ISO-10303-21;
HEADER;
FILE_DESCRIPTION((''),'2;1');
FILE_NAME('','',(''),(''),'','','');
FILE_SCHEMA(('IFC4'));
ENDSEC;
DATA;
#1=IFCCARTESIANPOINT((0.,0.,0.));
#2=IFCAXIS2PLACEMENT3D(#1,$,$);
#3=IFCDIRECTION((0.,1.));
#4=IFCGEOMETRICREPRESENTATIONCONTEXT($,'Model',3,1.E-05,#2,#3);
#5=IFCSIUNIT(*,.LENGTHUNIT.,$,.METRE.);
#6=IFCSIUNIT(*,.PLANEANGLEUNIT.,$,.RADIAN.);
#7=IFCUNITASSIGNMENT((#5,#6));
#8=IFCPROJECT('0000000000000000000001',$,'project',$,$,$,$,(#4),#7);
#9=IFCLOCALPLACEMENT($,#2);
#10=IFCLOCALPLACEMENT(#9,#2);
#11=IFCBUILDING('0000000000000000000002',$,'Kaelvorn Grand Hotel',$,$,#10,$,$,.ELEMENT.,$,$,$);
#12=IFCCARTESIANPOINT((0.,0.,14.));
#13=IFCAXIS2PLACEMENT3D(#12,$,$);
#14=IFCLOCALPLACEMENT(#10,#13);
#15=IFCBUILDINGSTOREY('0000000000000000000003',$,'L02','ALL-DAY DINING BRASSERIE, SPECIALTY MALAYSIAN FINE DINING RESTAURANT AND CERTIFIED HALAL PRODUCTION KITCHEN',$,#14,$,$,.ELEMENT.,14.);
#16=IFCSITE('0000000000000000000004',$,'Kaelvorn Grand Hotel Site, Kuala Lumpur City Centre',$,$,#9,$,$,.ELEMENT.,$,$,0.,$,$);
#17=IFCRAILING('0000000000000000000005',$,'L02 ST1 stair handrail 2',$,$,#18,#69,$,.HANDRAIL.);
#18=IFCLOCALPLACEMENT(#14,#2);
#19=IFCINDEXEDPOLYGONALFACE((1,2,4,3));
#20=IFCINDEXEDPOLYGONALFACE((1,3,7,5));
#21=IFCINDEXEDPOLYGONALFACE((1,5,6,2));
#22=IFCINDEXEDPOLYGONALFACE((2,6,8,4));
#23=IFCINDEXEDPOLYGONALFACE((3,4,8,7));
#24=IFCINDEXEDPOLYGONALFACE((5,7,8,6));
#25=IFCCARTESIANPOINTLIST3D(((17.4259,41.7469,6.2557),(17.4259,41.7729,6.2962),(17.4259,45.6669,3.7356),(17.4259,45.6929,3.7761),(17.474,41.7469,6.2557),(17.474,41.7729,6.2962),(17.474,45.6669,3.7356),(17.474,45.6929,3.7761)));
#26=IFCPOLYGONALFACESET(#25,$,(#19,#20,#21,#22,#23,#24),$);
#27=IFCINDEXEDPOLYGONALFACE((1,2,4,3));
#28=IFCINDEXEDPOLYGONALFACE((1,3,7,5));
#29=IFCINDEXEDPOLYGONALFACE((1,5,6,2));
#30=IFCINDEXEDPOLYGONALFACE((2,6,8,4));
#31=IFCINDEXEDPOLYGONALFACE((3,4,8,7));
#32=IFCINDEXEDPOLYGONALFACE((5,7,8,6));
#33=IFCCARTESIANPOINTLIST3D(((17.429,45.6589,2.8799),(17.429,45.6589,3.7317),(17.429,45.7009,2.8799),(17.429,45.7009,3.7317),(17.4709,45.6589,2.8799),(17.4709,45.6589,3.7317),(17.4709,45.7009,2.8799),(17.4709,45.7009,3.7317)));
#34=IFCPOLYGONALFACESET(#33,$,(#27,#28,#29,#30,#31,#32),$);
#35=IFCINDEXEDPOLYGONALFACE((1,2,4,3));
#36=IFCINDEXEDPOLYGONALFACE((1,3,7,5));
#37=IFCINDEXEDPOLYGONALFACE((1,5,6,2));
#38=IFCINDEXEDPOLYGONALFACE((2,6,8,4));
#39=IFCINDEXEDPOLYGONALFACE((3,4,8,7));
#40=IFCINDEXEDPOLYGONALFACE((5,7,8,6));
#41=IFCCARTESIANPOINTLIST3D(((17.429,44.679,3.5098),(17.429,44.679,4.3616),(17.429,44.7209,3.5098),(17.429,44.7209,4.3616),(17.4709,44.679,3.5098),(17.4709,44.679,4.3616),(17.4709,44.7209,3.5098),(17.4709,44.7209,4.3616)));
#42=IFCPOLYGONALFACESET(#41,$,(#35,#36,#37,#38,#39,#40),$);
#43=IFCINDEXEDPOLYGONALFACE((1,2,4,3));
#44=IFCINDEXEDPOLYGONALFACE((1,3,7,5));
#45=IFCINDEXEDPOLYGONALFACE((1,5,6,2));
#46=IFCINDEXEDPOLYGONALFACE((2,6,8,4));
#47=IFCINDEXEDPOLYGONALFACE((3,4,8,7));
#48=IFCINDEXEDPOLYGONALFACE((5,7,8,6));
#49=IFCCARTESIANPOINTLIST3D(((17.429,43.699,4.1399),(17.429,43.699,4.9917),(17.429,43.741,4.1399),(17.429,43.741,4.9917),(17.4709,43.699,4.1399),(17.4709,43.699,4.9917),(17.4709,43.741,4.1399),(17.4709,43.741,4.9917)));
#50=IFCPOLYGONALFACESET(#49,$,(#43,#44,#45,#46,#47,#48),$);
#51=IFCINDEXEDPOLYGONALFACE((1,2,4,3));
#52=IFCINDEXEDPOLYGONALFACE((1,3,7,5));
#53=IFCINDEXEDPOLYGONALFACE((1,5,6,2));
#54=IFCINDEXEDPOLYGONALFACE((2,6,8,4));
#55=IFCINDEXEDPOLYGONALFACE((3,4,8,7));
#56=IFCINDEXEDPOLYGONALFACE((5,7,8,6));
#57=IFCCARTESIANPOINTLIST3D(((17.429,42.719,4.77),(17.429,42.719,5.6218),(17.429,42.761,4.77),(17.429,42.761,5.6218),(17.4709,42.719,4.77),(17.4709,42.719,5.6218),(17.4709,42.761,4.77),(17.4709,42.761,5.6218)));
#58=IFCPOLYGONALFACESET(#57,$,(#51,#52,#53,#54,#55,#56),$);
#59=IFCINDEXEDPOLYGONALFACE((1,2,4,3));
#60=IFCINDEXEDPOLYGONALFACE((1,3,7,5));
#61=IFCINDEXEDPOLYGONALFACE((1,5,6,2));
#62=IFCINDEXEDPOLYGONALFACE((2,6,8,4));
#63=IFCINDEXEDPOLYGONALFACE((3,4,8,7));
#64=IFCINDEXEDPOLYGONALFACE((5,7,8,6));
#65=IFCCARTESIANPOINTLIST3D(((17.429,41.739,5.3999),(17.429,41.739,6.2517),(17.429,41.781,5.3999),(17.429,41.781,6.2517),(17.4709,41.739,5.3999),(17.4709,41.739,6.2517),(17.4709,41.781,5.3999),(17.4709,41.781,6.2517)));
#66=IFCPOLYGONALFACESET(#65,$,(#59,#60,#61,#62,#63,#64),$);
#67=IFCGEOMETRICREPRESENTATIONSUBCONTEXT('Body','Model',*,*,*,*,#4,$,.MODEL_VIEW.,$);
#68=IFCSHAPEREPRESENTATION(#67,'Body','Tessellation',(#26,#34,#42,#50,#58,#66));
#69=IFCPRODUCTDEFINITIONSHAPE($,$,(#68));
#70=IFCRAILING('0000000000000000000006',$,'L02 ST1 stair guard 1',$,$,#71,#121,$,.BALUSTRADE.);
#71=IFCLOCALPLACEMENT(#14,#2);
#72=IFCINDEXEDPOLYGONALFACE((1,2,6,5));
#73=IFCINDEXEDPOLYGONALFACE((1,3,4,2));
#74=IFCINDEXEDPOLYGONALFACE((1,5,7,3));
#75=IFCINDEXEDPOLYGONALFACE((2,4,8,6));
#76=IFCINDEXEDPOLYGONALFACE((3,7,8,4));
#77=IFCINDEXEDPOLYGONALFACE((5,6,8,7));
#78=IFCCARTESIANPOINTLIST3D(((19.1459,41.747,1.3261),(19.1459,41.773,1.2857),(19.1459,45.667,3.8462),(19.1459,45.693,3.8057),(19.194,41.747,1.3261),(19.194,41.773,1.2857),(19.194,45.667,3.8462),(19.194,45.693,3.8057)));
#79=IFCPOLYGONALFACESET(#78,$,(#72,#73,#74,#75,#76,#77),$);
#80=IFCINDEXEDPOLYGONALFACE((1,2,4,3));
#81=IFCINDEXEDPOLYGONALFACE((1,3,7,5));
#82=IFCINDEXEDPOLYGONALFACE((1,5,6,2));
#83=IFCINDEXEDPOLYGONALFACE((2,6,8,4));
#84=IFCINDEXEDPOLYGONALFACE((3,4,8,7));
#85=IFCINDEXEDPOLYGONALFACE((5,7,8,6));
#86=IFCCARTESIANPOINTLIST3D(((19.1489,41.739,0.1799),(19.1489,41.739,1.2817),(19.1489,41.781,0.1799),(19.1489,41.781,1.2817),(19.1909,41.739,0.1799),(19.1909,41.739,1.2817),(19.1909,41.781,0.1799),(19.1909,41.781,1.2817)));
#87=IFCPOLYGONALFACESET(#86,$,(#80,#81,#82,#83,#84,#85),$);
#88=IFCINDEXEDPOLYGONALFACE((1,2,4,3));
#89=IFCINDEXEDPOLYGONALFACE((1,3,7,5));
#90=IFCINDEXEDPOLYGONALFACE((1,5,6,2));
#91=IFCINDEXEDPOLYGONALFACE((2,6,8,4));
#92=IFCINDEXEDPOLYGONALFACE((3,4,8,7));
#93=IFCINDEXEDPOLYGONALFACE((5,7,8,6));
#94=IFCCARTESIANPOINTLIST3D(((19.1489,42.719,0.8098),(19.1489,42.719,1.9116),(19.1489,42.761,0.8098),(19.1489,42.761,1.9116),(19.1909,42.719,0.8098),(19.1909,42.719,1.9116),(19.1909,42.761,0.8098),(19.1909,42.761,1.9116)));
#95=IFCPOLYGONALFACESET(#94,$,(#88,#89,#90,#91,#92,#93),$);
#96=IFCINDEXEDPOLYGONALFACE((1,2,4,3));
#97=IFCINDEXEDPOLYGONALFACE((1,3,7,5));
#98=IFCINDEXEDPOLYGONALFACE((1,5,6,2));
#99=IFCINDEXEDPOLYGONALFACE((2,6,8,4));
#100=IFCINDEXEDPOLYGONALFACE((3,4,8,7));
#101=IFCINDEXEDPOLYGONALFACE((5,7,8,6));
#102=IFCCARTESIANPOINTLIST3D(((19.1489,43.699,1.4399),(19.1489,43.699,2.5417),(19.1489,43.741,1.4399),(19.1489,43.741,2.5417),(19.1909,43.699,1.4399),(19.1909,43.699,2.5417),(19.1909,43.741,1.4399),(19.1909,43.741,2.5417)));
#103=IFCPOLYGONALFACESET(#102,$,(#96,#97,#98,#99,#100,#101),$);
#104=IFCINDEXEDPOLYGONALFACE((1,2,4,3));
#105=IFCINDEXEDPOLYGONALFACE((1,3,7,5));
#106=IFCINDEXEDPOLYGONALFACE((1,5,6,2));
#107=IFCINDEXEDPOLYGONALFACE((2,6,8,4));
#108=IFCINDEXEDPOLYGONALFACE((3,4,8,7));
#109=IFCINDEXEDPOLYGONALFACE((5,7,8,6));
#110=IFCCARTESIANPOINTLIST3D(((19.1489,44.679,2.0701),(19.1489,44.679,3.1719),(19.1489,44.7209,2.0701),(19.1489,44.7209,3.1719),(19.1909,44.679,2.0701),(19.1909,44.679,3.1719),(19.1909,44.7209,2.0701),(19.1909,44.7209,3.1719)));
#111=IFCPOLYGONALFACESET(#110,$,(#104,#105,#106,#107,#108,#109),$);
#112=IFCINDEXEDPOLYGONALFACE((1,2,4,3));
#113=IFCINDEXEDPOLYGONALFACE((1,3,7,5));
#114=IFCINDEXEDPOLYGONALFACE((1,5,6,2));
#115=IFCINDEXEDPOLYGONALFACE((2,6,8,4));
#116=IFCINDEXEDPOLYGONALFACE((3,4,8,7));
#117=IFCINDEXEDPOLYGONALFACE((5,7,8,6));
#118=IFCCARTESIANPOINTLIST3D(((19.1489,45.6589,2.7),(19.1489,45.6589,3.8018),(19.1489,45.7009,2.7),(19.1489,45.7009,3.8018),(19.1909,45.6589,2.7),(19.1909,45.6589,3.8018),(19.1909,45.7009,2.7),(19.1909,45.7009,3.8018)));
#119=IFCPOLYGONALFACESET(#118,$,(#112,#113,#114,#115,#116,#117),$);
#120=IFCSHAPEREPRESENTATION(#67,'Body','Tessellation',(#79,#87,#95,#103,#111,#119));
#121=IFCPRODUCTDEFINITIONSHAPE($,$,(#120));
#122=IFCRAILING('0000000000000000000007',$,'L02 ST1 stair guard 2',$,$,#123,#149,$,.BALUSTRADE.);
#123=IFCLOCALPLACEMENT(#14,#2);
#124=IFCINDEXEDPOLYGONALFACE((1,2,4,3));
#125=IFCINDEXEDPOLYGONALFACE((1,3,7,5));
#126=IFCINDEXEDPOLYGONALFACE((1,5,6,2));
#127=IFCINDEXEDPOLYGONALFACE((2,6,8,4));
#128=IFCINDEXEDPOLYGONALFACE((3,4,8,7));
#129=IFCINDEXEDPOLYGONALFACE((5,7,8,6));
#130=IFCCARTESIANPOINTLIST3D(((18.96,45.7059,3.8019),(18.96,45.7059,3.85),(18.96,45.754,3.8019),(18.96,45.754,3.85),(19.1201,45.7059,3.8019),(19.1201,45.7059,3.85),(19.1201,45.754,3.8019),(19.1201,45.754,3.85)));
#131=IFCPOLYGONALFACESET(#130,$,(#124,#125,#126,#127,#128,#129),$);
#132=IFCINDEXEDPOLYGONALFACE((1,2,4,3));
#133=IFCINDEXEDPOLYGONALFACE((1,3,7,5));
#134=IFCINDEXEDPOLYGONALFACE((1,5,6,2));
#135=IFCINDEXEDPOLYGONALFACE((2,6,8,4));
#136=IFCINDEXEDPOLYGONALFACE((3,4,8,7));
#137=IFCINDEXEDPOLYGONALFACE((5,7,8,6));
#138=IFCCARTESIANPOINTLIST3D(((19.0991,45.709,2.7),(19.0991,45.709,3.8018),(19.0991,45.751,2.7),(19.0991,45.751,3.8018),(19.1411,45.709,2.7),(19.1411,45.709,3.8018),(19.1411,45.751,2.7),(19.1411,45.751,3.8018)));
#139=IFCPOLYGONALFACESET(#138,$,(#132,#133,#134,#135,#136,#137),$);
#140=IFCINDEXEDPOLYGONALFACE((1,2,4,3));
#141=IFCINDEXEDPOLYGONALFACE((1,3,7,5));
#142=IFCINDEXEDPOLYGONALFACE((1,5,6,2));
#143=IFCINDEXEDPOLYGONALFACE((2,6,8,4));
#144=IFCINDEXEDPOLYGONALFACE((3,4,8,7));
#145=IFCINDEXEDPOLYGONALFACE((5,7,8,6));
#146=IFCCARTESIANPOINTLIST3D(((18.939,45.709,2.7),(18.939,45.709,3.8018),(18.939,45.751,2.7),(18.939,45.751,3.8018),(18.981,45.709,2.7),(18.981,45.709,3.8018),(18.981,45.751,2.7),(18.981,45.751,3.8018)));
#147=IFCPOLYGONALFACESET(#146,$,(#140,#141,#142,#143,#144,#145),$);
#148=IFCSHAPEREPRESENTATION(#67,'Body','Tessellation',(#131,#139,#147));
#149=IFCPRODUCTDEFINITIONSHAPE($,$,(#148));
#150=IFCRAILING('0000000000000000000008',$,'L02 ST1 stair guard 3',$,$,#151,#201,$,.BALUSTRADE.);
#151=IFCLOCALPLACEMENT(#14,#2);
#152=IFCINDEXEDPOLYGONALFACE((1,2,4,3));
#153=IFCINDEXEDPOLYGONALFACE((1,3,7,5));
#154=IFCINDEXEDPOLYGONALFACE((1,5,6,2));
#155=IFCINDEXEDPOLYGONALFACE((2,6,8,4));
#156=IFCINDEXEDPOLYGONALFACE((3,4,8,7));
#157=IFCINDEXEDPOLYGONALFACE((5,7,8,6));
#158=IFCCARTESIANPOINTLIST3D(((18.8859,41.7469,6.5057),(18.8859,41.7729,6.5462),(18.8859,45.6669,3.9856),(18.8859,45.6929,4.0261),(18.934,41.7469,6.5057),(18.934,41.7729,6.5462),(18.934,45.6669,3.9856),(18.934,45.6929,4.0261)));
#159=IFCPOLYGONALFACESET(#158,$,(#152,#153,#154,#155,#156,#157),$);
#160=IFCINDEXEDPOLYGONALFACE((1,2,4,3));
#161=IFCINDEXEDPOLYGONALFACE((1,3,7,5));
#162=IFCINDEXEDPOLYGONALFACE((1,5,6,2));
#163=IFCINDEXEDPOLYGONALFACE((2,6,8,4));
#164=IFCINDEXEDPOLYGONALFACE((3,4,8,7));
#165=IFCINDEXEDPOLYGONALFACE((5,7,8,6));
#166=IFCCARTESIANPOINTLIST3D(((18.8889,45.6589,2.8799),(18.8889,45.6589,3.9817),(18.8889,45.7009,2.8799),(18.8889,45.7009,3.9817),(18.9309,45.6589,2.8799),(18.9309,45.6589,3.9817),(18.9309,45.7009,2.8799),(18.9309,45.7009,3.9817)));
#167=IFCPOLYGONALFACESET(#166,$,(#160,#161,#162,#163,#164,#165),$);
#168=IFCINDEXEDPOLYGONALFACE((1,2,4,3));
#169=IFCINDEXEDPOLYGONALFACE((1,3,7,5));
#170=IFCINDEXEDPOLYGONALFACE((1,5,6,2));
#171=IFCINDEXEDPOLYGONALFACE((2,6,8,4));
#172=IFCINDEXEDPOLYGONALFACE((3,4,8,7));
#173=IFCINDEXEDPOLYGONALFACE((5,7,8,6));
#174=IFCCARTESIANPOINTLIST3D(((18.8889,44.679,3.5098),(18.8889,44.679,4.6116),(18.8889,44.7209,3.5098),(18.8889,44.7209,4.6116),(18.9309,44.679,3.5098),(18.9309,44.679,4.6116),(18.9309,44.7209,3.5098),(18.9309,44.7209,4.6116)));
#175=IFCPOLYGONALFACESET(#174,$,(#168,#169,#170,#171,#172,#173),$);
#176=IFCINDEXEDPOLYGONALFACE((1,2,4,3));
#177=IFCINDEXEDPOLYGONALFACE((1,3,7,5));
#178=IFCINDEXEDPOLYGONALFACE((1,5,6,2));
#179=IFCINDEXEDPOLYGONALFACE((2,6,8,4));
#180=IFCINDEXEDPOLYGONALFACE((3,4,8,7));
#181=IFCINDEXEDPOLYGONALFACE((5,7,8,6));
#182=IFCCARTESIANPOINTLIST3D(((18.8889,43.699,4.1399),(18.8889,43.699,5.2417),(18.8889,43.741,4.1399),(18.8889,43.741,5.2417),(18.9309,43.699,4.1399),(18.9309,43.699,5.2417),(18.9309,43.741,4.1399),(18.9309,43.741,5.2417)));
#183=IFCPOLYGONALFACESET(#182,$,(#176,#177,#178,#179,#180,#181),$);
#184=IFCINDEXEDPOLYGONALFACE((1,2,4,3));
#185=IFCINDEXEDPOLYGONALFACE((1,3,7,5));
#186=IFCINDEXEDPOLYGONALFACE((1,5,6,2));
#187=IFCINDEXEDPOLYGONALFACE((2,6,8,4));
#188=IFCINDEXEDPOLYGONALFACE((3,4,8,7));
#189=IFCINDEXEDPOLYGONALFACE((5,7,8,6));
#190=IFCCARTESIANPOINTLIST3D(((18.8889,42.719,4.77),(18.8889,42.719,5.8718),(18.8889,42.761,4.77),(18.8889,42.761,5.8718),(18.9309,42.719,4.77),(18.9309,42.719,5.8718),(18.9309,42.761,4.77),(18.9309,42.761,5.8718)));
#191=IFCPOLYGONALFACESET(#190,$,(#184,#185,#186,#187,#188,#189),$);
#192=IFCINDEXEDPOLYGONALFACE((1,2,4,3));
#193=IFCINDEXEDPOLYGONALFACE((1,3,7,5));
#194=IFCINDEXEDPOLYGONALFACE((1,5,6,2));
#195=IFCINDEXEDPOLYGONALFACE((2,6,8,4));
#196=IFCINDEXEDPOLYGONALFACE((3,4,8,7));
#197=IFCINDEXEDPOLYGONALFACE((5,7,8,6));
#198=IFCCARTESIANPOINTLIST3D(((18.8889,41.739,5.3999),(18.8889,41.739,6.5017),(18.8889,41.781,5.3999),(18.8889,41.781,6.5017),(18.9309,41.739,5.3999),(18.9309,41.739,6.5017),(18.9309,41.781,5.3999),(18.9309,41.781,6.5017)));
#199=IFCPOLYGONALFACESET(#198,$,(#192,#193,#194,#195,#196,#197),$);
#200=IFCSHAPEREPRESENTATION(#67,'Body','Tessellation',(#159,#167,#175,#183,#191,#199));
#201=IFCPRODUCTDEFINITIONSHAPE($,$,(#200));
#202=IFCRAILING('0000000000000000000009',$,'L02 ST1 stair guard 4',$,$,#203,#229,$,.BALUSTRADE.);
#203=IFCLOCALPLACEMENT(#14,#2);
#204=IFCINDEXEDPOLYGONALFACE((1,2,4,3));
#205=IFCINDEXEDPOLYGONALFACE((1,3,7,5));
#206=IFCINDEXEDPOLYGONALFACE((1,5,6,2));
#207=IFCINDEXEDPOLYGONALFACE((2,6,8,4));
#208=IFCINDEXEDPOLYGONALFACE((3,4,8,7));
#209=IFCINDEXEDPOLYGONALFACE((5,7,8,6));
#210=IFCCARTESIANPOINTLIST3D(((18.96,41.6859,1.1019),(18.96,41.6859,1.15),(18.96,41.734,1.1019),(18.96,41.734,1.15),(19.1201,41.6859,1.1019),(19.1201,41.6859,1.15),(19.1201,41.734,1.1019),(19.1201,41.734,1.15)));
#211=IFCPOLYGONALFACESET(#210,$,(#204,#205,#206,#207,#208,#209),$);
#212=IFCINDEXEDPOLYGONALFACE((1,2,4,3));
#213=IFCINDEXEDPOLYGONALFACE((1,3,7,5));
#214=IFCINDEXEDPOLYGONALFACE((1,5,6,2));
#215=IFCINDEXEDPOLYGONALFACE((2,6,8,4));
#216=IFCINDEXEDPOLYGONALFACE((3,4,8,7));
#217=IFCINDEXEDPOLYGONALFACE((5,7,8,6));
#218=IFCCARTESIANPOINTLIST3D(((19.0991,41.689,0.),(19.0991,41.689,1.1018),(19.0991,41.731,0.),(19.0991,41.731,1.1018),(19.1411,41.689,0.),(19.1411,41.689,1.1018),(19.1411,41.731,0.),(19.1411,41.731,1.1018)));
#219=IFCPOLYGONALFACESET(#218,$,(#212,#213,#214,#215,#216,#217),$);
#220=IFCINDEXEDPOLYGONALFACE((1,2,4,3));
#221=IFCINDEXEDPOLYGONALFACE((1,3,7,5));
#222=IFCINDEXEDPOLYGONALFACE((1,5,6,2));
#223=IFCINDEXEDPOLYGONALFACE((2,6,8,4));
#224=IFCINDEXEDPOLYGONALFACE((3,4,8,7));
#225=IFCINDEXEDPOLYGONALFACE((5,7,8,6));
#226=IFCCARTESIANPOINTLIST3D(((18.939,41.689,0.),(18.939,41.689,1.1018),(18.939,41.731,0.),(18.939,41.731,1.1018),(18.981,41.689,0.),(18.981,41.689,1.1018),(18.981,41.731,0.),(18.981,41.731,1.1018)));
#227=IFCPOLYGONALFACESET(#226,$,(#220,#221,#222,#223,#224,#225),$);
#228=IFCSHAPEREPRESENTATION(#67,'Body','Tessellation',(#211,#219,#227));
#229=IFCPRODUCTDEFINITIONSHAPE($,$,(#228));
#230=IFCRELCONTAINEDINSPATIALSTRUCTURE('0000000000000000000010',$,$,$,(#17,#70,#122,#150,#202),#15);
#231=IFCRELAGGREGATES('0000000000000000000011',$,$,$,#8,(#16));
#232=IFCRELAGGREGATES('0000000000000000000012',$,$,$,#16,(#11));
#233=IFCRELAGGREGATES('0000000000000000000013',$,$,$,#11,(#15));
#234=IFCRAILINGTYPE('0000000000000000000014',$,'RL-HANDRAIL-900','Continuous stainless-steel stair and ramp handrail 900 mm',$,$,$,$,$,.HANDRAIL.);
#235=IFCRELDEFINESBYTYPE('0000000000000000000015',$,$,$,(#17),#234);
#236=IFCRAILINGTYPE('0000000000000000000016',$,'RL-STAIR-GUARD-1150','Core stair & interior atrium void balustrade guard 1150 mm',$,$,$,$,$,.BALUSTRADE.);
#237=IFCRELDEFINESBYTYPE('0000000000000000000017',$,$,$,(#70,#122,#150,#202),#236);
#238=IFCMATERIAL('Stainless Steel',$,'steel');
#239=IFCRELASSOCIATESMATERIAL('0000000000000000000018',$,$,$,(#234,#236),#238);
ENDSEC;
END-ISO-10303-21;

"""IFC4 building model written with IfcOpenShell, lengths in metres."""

from ifc_helpers import new_model, si_unit, direction, frame, origin, origin_2d, place, context, subcontext, project, spatial, rectangle, extrude, material, type_object, element, save


model = new_model("IFC4")

# Units and contexts
model_context = context("Model", 3, precision=1e-05, world=origin(), true_north=direction((0.0, 1.0)))
body_context = subcontext(model_context, "Body", "Model", "MODEL_VIEW")
ifc_project = project(units=[si_unit("LENGTHUNIT", "METRE"), si_unit("PLANEANGLEUNIT", "RADIAN")], contexts=[model_context])

# Site, building, storey
site_placement = place(None, origin())
site = spatial("IfcSite", under=ifc_project, at=site_placement, Name="Kaelvorn Grand Hotel Site, Kuala Lumpur City Centre", CompositionType="ELEMENT", RefElevation=0.0)
building_placement = place(site_placement, origin())
building = spatial("IfcBuilding", under=site, at=building_placement, Name="Kaelvorn Grand Hotel", CompositionType="ELEMENT")
storey_placement = place(building_placement, frame((0.0, 0.0, 14.0)))
storey = spatial("IfcBuildingStorey", under=building, at=storey_placement, Name="L02", Description="ALL-DAY DINING BRASSERIE, SPECIALTY MALAYSIAN FINE DINING RESTAURANT AND CERTIFIED HALAL PRODUCTION KITCHEN", CompositionType="ELEMENT", Elevation=14.0)

# Railings
ifc_material_1 = material(Name="Stainless Steel", Category="steel")
railing_type_1 = type_object("IfcRailingType", Name="RL-HANDRAIL-900", Description="Continuous stainless-steel stair and ramp handrail 900 mm", PredefinedType="HANDRAIL", material=ifc_material_1)
railing_1_placement = place(storey_placement, frame((17.45, 45.6799, 2.8799)))
element("IfcRailing", 1, at=railing_1_placement, inside=storey, type_object=railing_type_1, Name="L02 ST1 stair handrail 2", PredefinedType="HANDRAIL", context=body_context, shape_type="SweptSolid", body=[
    extrude(rectangle(XDim=0.0481, YDim=0.0481, at=origin_2d()), frame((0.0, 0.0, 0.876), z_axis=(0.0, -0.841172, 0.540768), x_axis=(1.0, 0.0, 0.0)), (0.0, 0.0, 1.0), 4.6602),
    extrude(rectangle(XDim=0.042, YDim=0.042, at=origin_2d()), origin(), (0.0, 0.0, 1.0), 0.8518),
    extrude(rectangle(XDim=0.042, YDim=0.042, at=origin_2d()), frame((0.0, -0.98, 0.6299)), (0.0, 0.0, 1.0), 0.8518),
    extrude(rectangle(XDim=0.042, YDim=0.042, at=origin_2d()), frame((0.0, -1.96, 1.26)), (0.0, 0.0, 1.0), 0.8518),
    extrude(rectangle(XDim=0.042, YDim=0.042, at=origin_2d()), frame((0.0, -2.9399, 1.8901)), (0.0, 0.0, 1.0), 0.8518),
    extrude(rectangle(XDim=0.042, YDim=0.042, at=origin_2d()), frame((0.0, -3.9199, 2.52)), (0.0, 0.0, 1.0), 0.8518),
])
railing_type_2 = type_object("IfcRailingType", Name="RL-STAIR-GUARD-1150", Description="Core stair & interior atrium void balustrade guard 1150 mm", PredefinedType="BALUSTRADE", material=ifc_material_1)
railing_2_placement = place(storey_placement, frame((19.1699, 41.76, 0.1799)))
element("IfcRailing", 2, at=railing_2_placement, inside=storey, type_object=railing_type_2, Name="L02 ST1 stair guard 1", PredefinedType="BALUSTRADE", context=body_context, shape_type="SweptSolid", body=[
    extrude(rectangle(XDim=0.0481, YDim=0.0481, at=origin_2d()), frame((0.0, 0.0, 1.126), z_axis=(0.0, 0.841172, 0.540768), x_axis=(-1.0, 0.0, 0.0)), (0.0, 0.0, 1.0), 4.6602),
    extrude(rectangle(XDim=0.042, YDim=0.042, at=origin_2d()), origin(), (0.0, 0.0, 1.0), 1.1018),
    extrude(rectangle(XDim=0.042, YDim=0.042, at=origin_2d()), frame((0.0, 0.98, 0.6299)), (0.0, 0.0, 1.0), 1.1018),
    extrude(rectangle(XDim=0.042, YDim=0.042, at=origin_2d()), frame((0.0, 1.96, 1.26)), (0.0, 0.0, 1.0), 1.1018),
    extrude(rectangle(XDim=0.042, YDim=0.042, at=origin_2d()), frame((0.0, 2.9399, 1.8901)), (0.0, 0.0, 1.0), 1.1018),
    extrude(rectangle(XDim=0.042, YDim=0.042, at=origin_2d()), frame((0.0, 3.9199, 2.52)), (0.0, 0.0, 1.0), 1.1018),
])
railing_3_placement = place(storey_placement, frame((19.1201, 45.73, 2.7)))
element("IfcRailing", 3, at=railing_3_placement, inside=storey, type_object=railing_type_2, Name="L02 ST1 stair guard 2", PredefinedType="BALUSTRADE", context=body_context, shape_type="SweptSolid", body=[
    extrude(rectangle(XDim=0.0481, YDim=0.0481, at=origin_2d()), frame((0.0, 0.0, 1.126), z_axis=(-1.0, 0.0, 0.0), x_axis=(0.0, -1.0, 0.0)), (0.0, 0.0, 1.0), 0.1602),
    extrude(rectangle(XDim=0.042, YDim=0.042, at=origin_2d()), origin(), (0.0, 0.0, 1.0), 1.1018),
    extrude(rectangle(XDim=0.042, YDim=0.042, at=origin_2d()), frame((-0.1602, 0.0, 0.0)), (0.0, 0.0, 1.0), 1.1018),
])
railing_4_placement = place(storey_placement, frame((18.9099, 45.6799, 2.8799)))
element("IfcRailing", 4, at=railing_4_placement, inside=storey, type_object=railing_type_2, Name="L02 ST1 stair guard 3", PredefinedType="BALUSTRADE", context=body_context, shape_type="SweptSolid", body=[
    extrude(rectangle(XDim=0.0481, YDim=0.0481, at=origin_2d()), frame((0.0, 0.0, 1.126), z_axis=(0.0, -0.841172, 0.540768), x_axis=(1.0, 0.0, 0.0)), (0.0, 0.0, 1.0), 4.6602),
    extrude(rectangle(XDim=0.042, YDim=0.042, at=origin_2d()), origin(), (0.0, 0.0, 1.0), 1.1018),
    extrude(rectangle(XDim=0.042, YDim=0.042, at=origin_2d()), frame((0.0, -0.98, 0.6299)), (0.0, 0.0, 1.0), 1.1018),
    extrude(rectangle(XDim=0.042, YDim=0.042, at=origin_2d()), frame((0.0, -1.96, 1.26)), (0.0, 0.0, 1.0), 1.1018),
    extrude(rectangle(XDim=0.042, YDim=0.042, at=origin_2d()), frame((0.0, -2.9399, 1.8901)), (0.0, 0.0, 1.0), 1.1018),
    extrude(rectangle(XDim=0.042, YDim=0.042, at=origin_2d()), frame((0.0, -3.9199, 2.52)), (0.0, 0.0, 1.0), 1.1018),
])
railing_5_placement = place(storey_placement, frame((19.1201, 41.71, 0.0)))
element("IfcRailing", 5, at=railing_5_placement, inside=storey, type_object=railing_type_2, Name="L02 ST1 stair guard 4", PredefinedType="BALUSTRADE", context=body_context, shape_type="SweptSolid", body=[
    extrude(rectangle(XDim=0.0481, YDim=0.0481, at=origin_2d()), frame((0.0, 0.0, 1.126), z_axis=(-1.0, 0.0, 0.0), x_axis=(0.0, -1.0, 0.0)), (0.0, 0.0, 1.0), 0.1602),
    extrude(rectangle(XDim=0.042, YDim=0.042, at=origin_2d()), origin(), (0.0, 0.0, 1.0), 1.1018),
    extrude(rectangle(XDim=0.042, YDim=0.042, at=origin_2d()), frame((-0.1602, 0.0, 0.0)), (0.0, 0.0, 1.0), 1.1018),
])

save(model, "model.ifc")
